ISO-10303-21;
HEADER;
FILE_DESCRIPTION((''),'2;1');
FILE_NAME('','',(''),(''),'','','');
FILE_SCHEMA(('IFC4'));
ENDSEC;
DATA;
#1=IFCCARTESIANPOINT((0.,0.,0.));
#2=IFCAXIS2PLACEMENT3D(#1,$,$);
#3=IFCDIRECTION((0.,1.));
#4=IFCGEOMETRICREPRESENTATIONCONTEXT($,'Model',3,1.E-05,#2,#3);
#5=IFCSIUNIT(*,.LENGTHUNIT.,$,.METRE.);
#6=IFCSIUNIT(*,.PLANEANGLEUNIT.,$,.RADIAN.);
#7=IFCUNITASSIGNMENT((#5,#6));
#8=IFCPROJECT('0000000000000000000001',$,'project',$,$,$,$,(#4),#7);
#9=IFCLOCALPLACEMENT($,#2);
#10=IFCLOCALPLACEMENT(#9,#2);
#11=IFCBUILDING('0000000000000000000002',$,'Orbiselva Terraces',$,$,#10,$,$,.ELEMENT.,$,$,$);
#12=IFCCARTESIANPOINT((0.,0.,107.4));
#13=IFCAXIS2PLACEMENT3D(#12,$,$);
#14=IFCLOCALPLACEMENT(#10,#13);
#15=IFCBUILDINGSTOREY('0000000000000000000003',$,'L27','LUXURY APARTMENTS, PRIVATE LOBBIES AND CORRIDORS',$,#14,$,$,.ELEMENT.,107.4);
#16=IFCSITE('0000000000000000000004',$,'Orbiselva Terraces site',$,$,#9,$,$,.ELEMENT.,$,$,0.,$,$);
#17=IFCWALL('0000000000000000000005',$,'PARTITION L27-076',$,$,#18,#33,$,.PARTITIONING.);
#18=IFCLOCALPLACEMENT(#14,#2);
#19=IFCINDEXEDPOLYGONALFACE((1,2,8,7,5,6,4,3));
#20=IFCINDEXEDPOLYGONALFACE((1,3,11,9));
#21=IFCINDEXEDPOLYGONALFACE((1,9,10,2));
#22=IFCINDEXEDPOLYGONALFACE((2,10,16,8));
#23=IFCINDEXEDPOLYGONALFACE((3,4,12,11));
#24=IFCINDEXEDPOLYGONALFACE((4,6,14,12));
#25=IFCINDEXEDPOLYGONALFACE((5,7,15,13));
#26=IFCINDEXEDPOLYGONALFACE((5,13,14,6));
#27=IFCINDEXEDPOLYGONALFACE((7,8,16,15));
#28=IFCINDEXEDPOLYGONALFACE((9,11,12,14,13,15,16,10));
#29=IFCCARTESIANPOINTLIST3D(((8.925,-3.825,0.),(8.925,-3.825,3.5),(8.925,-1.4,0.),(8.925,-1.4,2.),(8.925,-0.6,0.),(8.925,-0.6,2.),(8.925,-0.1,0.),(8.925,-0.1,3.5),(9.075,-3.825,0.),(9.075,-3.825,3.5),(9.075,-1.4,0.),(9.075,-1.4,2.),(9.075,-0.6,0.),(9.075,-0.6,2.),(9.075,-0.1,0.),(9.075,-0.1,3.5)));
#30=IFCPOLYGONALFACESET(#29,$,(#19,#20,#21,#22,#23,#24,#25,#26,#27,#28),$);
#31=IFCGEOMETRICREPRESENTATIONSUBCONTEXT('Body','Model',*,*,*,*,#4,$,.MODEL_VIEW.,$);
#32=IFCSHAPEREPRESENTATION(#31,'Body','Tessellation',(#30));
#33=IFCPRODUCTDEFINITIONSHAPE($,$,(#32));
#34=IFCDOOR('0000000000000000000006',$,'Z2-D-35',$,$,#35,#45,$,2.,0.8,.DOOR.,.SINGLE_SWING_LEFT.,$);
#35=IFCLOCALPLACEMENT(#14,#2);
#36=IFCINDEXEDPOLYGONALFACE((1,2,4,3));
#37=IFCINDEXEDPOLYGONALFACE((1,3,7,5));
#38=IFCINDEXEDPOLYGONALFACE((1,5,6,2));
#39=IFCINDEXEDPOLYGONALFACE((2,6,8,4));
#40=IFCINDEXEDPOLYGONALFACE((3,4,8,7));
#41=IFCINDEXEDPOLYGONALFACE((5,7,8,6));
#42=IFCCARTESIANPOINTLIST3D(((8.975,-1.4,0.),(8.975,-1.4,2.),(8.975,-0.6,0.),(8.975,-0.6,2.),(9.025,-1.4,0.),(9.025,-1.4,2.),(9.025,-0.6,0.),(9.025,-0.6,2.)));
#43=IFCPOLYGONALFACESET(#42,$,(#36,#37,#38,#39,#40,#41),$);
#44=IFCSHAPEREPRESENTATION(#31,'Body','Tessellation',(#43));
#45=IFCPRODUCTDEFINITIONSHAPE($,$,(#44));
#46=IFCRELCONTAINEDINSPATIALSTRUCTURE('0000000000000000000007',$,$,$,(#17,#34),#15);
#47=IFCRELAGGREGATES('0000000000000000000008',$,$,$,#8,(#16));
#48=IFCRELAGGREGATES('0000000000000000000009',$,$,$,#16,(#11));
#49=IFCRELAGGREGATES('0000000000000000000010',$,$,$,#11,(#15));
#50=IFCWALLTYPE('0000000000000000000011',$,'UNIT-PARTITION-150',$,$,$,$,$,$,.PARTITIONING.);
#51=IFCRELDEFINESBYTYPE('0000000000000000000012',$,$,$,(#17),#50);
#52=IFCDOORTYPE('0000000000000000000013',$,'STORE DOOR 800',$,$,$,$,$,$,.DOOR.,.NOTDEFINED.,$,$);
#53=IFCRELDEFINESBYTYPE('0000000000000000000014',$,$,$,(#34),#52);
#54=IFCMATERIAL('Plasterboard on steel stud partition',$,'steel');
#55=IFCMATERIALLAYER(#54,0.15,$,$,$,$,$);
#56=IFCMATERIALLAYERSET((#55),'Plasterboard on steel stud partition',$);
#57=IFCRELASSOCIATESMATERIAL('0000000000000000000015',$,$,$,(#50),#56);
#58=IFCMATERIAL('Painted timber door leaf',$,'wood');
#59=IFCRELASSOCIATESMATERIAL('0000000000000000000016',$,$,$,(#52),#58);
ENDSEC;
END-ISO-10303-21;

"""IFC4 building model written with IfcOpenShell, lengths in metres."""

from ifc_helpers import new_model, si_unit, direction, frame, frame_2d, origin, place, context, subcontext, project, spatial, rectangle, extrude, material, layer, layer_set, type_object, element, fill, save


model = new_model("IFC4")

# Units and contexts
model_context = context("Model", 3, precision=1e-05, world=origin(), true_north=direction((0.0, 1.0)))
body_context = subcontext(model_context, "Body", "Model", "MODEL_VIEW")
ifc_project = project(units=[si_unit("LENGTHUNIT", "METRE"), si_unit("PLANEANGLEUNIT", "RADIAN")], contexts=[model_context])

# Site, building, storey
site_placement = place(None, origin())
site = spatial("IfcSite", under=ifc_project, at=site_placement, Name="Orbiselva Terraces site", CompositionType="ELEMENT", RefElevation=0.0)
building_placement = place(site_placement, origin())
building = spatial("IfcBuilding", under=site, at=building_placement, Name="Orbiselva Terraces", CompositionType="ELEMENT")
storey_placement = place(building_placement, frame((0.0, 0.0, 107.4)))
storey = spatial("IfcBuildingStorey", under=building, at=storey_placement, Name="L27", Description="LUXURY APARTMENTS, PRIVATE LOBBIES AND CORRIDORS", CompositionType="ELEMENT", Elevation=107.4)

# Shared definitions
ifc_material_1 = material(Name="Plasterboard on steel stud partition", Category="steel")
ifc_layer_1 = layer(ifc_material_1, 0.15)
ifc_layer_set_1 = layer_set([ifc_layer_1], Name="Plasterboard on steel stud partition")
wall_type_1 = type_object("IfcWallType", Name="UNIT-PARTITION-150", PredefinedType="PARTITIONING", material=ifc_layer_set_1)

# Shared definitions
ifc_material_2 = material(Name="Painted timber door leaf", Category="wood")

# Shared definitions
door_type_1 = type_object("IfcDoorType", Name="STORE DOOR 800", OperationType="NOTDEFINED", PredefinedType="DOOR", material=ifc_material_2)

# Wall, opening, door
wall_1_placement = place(storey_placement, frame((9.0, -0.1, 0.0), z_axis=(0.0, 0.0, 1.0), x_axis=(0.0, -1.0, 0.0)))
wall_1 = element("IfcWall", 1, at=wall_1_placement, inside=storey, type_object=wall_type_1, Name="PARTITION L27-076", PredefinedType="PARTITIONING", context=body_context, shape_type="SweptSolid", body=[
    extrude(rectangle(XDim=3.725, YDim=0.15, at=frame_2d((1.8625, 0.0))), origin(), (0.0, 0.0, 1.0), 3.5),
])
opening_1_placement = place(wall_1_placement, frame((0.5, 0.0, 0.0)))
opening_1 = element("IfcOpeningElement", 2, at=opening_1_placement, cuts=wall_1, PredefinedType="OPENING", context=body_context, shape_type="SweptSolid", body=[
    extrude(rectangle(XDim=0.8, YDim=2.0, at=frame_2d((0.4, 1.0))), frame((0.0, 0.085, 0.0), z_axis=(0.0, -1.0, 0.0), x_axis=(1.0, 0.0, 0.0)), (0.0, 0.0, 1.0), 0.17),
])
door_1_placement = place(opening_1_placement, origin())
door_1 = element("IfcDoor", 3, at=door_1_placement, inside=storey, type_object=door_type_1, Name="Z2-D-35", OperationType="SINGLE_SWING_LEFT", OverallHeight=2.0, OverallWidth=0.8, PredefinedType="DOOR", context=body_context, shape_type="SweptSolid", body=[
    extrude(rectangle(XDim=0.8, YDim=2.0, at=frame_2d((0.4, 1.0))), frame((0.0, 0.025, 0.0), z_axis=(0.0, -1.0, 0.0), x_axis=(1.0, 0.0, 0.0)), (0.0, 0.0, 1.0), 0.05),
])
fill(opening_1, door_1)

save(model, "model.ifc")
